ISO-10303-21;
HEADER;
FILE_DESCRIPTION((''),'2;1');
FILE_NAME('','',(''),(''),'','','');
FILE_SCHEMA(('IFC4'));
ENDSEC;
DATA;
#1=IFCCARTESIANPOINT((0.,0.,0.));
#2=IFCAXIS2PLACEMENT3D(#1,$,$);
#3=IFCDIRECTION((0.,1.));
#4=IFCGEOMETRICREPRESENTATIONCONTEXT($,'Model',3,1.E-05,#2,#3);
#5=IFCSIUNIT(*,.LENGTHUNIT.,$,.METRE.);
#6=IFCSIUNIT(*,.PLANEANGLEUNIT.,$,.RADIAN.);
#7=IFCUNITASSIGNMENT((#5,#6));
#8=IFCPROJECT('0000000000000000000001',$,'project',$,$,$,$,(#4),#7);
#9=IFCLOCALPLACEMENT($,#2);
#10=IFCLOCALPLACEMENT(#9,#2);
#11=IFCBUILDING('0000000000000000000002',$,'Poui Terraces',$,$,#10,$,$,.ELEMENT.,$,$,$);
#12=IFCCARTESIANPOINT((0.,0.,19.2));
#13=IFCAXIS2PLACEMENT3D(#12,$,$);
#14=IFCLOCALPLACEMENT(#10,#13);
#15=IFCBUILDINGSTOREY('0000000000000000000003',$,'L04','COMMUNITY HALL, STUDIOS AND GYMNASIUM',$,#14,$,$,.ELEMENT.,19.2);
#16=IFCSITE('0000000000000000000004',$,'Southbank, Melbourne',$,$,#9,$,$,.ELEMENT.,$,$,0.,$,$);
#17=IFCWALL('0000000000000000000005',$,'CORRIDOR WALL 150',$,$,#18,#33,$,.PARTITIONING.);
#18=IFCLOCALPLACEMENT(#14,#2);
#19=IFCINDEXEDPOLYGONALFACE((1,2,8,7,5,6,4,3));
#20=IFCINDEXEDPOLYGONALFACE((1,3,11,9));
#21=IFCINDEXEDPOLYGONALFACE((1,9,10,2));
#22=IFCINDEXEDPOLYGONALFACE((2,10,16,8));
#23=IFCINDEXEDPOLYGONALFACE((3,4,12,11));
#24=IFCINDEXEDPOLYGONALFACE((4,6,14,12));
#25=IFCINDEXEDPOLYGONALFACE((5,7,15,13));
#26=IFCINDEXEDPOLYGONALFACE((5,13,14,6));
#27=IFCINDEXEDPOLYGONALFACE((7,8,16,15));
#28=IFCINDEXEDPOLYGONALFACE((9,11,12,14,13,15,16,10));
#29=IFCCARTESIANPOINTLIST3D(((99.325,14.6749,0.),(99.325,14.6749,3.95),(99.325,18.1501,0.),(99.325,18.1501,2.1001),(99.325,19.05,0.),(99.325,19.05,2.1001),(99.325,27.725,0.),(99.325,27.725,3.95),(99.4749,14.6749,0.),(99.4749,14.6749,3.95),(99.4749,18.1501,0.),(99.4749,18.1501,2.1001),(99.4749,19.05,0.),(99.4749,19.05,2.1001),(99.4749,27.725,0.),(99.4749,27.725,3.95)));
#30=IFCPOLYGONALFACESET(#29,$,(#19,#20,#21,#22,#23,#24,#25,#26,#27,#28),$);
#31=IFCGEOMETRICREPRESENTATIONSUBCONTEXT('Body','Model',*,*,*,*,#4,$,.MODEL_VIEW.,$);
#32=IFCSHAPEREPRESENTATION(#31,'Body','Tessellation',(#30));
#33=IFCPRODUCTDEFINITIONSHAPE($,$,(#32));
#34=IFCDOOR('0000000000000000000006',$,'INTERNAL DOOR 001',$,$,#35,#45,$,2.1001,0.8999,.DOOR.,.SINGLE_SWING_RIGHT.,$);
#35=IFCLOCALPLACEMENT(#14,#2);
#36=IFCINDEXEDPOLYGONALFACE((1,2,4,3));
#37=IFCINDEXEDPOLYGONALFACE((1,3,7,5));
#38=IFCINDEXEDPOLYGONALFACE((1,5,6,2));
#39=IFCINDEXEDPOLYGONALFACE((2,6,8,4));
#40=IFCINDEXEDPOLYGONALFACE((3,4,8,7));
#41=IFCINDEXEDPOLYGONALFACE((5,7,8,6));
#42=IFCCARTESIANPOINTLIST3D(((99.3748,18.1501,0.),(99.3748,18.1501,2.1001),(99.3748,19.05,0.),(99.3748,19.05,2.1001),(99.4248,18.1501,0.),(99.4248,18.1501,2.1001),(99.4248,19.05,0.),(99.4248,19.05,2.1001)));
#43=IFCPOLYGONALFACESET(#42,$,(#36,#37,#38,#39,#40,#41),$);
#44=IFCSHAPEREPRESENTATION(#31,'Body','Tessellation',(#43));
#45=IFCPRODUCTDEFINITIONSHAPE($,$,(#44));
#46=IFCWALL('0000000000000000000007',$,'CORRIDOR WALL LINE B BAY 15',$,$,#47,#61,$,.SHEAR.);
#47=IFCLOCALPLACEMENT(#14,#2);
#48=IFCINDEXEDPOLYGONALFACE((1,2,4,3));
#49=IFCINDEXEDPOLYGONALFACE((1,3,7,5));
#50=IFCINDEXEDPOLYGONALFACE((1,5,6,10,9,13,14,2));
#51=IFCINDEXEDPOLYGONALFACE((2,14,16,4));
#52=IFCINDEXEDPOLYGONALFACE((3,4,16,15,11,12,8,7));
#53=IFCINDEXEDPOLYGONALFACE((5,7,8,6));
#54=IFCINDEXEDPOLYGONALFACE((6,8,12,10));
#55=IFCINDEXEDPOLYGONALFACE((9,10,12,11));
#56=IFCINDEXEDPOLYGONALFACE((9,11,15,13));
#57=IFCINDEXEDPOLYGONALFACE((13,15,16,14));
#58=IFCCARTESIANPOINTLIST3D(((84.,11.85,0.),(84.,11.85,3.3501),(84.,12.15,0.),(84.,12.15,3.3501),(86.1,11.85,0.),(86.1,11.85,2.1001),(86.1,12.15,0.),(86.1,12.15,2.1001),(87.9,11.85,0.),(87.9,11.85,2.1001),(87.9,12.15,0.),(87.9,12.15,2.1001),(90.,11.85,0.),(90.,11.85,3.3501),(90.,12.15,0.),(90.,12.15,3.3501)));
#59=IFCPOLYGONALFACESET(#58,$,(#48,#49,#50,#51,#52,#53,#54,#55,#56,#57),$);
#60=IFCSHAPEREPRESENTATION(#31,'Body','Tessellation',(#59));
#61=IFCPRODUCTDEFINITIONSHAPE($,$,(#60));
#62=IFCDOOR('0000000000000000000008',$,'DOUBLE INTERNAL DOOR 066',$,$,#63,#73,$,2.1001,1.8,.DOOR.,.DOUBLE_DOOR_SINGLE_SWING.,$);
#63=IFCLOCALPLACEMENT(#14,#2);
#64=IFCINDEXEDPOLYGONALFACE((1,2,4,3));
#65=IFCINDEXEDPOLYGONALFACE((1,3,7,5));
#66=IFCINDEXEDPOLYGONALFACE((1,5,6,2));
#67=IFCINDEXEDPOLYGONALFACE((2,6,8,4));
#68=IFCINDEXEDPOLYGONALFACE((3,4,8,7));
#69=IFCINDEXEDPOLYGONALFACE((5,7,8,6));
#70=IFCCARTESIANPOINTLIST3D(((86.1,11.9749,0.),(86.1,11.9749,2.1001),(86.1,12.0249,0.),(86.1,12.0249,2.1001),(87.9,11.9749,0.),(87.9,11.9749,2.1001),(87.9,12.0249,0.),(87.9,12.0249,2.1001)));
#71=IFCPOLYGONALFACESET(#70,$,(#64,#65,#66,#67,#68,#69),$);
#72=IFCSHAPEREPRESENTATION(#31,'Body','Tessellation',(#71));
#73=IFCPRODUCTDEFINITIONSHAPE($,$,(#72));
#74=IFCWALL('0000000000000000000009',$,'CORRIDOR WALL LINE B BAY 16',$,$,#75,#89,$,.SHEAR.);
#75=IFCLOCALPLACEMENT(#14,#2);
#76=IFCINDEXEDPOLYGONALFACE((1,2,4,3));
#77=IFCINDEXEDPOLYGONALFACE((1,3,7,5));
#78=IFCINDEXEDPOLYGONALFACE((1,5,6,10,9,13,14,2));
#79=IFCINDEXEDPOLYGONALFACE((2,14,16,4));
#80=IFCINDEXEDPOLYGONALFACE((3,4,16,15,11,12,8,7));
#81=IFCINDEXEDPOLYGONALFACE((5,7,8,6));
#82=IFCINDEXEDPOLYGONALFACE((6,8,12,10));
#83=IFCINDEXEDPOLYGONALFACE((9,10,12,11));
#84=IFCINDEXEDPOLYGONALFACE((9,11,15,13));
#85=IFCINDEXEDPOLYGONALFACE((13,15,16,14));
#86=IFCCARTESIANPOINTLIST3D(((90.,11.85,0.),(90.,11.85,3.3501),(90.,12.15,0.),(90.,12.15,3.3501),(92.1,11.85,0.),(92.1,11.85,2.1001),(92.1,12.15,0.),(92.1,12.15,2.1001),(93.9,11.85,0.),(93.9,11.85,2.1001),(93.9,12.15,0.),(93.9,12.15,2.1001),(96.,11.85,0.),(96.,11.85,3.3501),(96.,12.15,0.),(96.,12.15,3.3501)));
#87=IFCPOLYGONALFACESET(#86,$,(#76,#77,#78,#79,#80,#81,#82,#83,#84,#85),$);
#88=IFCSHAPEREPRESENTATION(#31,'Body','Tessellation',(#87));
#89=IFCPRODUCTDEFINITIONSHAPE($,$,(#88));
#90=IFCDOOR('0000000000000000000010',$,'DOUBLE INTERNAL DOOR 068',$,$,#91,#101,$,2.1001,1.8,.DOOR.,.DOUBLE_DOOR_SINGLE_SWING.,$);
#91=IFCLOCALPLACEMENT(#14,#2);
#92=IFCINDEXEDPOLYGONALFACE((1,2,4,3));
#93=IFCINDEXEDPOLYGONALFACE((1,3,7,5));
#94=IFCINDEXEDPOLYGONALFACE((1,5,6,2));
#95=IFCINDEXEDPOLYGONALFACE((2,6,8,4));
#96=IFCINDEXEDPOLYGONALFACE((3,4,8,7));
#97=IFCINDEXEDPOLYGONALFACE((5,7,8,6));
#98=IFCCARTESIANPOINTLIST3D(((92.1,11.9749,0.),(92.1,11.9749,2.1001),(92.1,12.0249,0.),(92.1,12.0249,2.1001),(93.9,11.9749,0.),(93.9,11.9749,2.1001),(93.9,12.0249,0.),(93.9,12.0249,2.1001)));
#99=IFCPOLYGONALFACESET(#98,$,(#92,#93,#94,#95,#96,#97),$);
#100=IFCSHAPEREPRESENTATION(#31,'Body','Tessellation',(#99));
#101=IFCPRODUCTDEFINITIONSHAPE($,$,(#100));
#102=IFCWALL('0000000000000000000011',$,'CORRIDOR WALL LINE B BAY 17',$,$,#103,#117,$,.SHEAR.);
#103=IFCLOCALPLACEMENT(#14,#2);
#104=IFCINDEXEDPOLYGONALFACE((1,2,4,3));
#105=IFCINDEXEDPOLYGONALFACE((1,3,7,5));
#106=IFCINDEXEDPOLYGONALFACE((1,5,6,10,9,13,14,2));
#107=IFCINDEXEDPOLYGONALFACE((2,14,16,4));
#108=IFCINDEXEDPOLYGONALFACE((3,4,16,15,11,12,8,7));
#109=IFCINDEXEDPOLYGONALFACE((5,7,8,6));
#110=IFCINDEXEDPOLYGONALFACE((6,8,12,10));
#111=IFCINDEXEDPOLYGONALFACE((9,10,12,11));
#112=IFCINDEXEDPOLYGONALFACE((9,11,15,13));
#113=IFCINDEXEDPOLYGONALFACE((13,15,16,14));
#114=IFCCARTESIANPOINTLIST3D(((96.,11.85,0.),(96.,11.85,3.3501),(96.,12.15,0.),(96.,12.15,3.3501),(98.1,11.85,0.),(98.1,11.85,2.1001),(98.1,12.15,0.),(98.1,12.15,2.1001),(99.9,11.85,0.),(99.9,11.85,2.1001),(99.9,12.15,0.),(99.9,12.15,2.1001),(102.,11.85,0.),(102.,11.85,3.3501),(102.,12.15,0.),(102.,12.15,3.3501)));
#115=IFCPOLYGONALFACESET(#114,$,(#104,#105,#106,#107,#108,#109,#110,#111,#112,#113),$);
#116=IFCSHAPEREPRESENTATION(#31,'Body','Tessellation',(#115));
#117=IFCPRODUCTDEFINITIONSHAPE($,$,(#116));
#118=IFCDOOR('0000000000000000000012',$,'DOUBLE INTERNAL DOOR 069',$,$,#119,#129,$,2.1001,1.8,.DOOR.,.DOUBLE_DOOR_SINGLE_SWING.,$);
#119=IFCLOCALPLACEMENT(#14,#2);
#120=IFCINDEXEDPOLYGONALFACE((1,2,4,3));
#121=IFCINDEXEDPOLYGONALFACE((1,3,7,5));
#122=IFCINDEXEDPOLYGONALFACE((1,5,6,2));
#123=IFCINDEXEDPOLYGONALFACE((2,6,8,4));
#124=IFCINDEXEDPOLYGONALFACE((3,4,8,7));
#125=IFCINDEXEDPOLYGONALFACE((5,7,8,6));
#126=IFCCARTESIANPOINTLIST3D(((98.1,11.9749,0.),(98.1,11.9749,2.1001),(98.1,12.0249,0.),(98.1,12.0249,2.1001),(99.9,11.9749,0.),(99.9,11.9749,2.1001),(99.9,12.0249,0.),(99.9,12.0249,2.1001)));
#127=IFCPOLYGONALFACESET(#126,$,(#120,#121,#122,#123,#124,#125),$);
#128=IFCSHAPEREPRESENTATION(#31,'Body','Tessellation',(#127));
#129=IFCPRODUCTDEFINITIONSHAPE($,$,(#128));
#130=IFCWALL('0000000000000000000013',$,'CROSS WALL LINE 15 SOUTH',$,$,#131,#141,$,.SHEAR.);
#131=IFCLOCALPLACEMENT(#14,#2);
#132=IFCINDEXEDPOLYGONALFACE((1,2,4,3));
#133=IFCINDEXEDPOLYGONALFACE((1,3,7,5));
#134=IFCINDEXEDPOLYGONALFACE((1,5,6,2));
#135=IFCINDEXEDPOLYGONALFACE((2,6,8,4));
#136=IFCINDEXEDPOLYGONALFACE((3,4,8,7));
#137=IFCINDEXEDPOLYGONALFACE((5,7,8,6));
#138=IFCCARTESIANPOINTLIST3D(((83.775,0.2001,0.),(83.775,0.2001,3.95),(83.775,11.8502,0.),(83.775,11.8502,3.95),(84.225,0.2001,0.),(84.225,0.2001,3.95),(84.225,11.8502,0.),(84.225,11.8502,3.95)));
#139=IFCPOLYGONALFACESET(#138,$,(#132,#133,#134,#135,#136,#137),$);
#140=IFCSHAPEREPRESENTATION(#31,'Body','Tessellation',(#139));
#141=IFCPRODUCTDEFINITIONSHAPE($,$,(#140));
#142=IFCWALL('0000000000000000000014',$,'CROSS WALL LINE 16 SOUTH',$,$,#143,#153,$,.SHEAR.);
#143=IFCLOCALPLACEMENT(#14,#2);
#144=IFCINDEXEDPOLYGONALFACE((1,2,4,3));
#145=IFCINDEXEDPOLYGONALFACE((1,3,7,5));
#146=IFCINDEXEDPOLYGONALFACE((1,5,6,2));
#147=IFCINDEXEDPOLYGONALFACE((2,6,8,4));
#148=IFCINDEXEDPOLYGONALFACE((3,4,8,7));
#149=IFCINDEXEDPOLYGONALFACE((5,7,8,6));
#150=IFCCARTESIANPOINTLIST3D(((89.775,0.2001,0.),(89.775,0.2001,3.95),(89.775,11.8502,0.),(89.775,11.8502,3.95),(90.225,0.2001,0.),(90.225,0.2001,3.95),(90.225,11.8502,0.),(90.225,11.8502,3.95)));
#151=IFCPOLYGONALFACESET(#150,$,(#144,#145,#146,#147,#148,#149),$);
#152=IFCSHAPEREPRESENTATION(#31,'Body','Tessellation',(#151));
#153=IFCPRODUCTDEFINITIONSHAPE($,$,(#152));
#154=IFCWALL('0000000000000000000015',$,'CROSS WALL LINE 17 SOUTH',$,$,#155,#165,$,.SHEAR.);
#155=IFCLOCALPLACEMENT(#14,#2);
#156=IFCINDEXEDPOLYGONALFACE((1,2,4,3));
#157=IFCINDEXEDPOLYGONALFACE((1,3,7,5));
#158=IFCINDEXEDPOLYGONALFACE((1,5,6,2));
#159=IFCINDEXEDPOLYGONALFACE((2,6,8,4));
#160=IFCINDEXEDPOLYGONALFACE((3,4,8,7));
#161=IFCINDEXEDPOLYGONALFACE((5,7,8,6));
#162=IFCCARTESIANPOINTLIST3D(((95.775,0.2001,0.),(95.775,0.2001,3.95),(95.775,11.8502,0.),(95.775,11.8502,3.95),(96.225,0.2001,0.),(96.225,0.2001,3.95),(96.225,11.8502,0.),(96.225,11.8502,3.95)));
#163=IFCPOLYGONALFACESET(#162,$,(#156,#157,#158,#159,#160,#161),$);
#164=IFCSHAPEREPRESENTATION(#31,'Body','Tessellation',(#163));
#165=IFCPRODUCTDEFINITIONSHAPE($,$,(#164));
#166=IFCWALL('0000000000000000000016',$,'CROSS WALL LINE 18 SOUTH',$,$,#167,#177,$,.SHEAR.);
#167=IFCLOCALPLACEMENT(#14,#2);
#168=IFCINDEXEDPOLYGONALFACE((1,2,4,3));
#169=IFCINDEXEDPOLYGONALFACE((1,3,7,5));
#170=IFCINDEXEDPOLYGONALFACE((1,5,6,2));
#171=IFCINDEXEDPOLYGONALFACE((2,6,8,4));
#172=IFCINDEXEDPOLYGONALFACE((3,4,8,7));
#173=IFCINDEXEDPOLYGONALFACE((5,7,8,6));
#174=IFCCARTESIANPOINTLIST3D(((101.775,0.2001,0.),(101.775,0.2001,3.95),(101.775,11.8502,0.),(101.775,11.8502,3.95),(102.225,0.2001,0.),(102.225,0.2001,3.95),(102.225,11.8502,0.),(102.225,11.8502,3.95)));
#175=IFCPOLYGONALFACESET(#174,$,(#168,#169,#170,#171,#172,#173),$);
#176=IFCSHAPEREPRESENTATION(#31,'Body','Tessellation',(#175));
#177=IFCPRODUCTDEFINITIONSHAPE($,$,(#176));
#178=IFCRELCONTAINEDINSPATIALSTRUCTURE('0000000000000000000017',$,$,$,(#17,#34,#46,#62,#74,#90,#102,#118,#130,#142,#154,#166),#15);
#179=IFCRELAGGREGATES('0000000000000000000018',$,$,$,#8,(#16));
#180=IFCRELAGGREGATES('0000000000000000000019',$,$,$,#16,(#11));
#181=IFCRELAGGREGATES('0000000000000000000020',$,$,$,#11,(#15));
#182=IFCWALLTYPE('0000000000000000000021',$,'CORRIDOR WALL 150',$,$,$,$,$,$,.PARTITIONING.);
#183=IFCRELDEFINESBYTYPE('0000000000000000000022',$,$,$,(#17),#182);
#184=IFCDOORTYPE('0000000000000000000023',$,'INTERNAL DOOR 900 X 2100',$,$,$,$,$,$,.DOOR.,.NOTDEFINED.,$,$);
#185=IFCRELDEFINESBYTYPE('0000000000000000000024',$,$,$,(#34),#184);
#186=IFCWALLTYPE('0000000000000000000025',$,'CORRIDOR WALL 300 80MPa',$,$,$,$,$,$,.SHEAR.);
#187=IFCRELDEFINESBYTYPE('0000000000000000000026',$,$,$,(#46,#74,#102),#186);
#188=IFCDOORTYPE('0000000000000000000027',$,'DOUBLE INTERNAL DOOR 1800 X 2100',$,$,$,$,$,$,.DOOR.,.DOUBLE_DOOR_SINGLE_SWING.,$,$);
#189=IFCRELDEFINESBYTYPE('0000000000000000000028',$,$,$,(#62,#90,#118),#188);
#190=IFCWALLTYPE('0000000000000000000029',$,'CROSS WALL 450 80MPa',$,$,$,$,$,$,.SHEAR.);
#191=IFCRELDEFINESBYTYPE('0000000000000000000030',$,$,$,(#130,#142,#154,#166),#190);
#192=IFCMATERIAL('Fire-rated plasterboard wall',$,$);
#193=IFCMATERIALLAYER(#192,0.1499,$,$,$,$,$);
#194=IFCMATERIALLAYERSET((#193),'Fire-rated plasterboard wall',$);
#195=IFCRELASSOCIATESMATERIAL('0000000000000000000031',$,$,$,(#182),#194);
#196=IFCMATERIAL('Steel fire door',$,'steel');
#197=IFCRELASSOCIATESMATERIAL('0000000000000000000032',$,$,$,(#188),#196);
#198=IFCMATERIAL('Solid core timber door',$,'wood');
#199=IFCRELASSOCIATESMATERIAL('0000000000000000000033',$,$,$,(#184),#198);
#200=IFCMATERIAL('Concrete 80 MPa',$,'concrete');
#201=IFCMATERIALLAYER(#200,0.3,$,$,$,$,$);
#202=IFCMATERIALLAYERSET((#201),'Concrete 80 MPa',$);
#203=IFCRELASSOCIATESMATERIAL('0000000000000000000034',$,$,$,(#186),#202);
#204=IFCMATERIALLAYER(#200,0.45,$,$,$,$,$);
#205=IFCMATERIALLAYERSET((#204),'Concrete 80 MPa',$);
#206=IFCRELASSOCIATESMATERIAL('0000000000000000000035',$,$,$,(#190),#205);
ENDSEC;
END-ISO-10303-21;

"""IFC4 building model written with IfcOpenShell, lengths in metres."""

from ifc_helpers import new_model, si_unit, direction, frame, frame_2d, origin, place, context, subcontext, project, spatial, rectangle, extrude, material, layer, layer_set, type_object, element, fill, save


model = new_model("IFC4")

# Units and contexts
model_context = context("Model", 3, precision=1e-05, world=origin(), true_north=direction((0.0, 1.0)))
body_context = subcontext(model_context, "Body", "Model", "MODEL_VIEW")
ifc_project = project(units=[si_unit("LENGTHUNIT", "METRE"), si_unit("PLANEANGLEUNIT", "RADIAN")], contexts=[model_context])

# Site, building, storey
site_placement = place(None, origin())
site = spatial("IfcSite", under=ifc_project, at=site_placement, Name="Southbank, Melbourne", CompositionType="ELEMENT", RefElevation=0.0)
building_placement = place(site_placement, origin())
building = spatial("IfcBuilding", under=site, at=building_placement, Name="Poui Terraces", CompositionType="ELEMENT")
storey_placement = place(building_placement, frame((0.0, 0.0, 19.2)))
storey = spatial("IfcBuildingStorey", under=building, at=storey_placement, Name="L04", Description="COMMUNITY HALL, STUDIOS AND GYMNASIUM", CompositionType="ELEMENT", Elevation=19.2)

# Shared definitions
ifc_material_1 = material(Name="Concrete 80 MPa", Category="concrete")

# Shared definitions
ifc_material_2 = material(Name="Fire-rated plasterboard wall")
ifc_layer_1 = layer(ifc_material_2, 0.1499)
ifc_layer_set_1 = layer_set([ifc_layer_1], Name="Fire-rated plasterboard wall")
wall_type_1 = type_object("IfcWallType", Name="CORRIDOR WALL 150", PredefinedType="PARTITIONING", material=ifc_layer_set_1)
ifc_material_3 = material(Name="Steel fire door", Category="steel")
door_type_1 = type_object("IfcDoorType", Name="DOUBLE INTERNAL DOOR 1800 X 2100", OperationType="DOUBLE_DOOR_SINGLE_SWING", PredefinedType="DOOR", material=ifc_material_3)

# Shared definitions
ifc_material_4 = material(Name="Solid core timber door", Category="wood")

# Walls, openings, doors
wall_1_placement = place(storey_placement, frame((99.3999, 14.675, 0.0), z_axis=(0.0, 0.0, 1.0), x_axis=(0.0, 1.0, 0.0)))
wall_1 = element("IfcWall", 1, at=wall_1_placement, inside=storey, type_object=wall_type_1, Name="CORRIDOR WALL 150", PredefinedType="PARTITIONING", context=body_context, shape_type="SweptSolid", body=[
    extrude(rectangle(XDim=13.05, YDim=0.1499, at=frame_2d((6.5249, 0.0))), origin(), (0.0, 0.0, 1.0), 3.95),
])
opening_1_placement = place(wall_1_placement, frame((3.4751, 0.0, 0.0)))
opening_1 = element("IfcOpeningElement", 2, at=opening_1_placement, cuts=wall_1, PredefinedType="OPENING", context=body_context, shape_type="SweptSolid", body=[
    extrude(rectangle(XDim=0.8999, YDim=2.1001, at=frame_2d((0.45, 1.05))), frame((0.0, 0.085, 0.0), z_axis=(0.0, -1.0, 0.0), x_axis=(1.0, 0.0, 0.0)), (0.0, 0.0, 1.0), 0.1699),
])
door_type_2 = type_object("IfcDoorType", Name="INTERNAL DOOR 900 X 2100", OperationType="NOTDEFINED", PredefinedType="DOOR", material=ifc_material_4)
door_1_placement = place(opening_1_placement, frame((0.8999, 0.0, 0.0), z_axis=(0.0, 0.0, 1.0), x_axis=(-1.0, 0.0, 0.0)))
door_1 = element("IfcDoor", 3, at=door_1_placement, inside=storey, type_object=door_type_2, Name="INTERNAL DOOR 001", OperationType="SINGLE_SWING_RIGHT", OverallHeight=2.1001, OverallWidth=0.8999, PredefinedType="DOOR", context=body_context, shape_type="SweptSolid", body=[
    extrude(rectangle(XDim=0.8999, YDim=2.1001, at=frame_2d((0.45, 1.05))), frame((0.0, 0.0249, 0.0), z_axis=(0.0, -1.0, 0.0), x_axis=(1.0, 0.0, 0.0)), (0.0, 0.0, 1.0), 0.05),
])
fill(opening_1, door_1)
ifc_layer_2 = layer(ifc_material_1, 0.3)
ifc_layer_set_2 = layer_set([ifc_layer_2], Name="Concrete 80 MPa")
wall_type_2 = type_object("IfcWallType", Name="CORRIDOR WALL 300 80MPa", PredefinedType="SHEAR", material=ifc_layer_set_2)
wall_2_placement = place(storey_placement, frame((84.0, 12.0, 0.0), z_axis=(0.0, 0.0, 1.0), x_axis=(1.0, 0.0, 0.0)))
wall_2 = element("IfcWall", 4, at=wall_2_placement, inside=storey, type_object=wall_type_2, Name="CORRIDOR WALL LINE B BAY 15", PredefinedType="SHEAR", context=body_context, shape_type="SweptSolid", body=[
    extrude(rectangle(XDim=6.0, YDim=0.3, at=frame_2d((3.0, 0.0))), origin(), (0.0, 0.0, 1.0), 3.3501),
])
opening_2_placement = place(wall_2_placement, frame((2.1001, 0.0, 0.0)))
opening_2 = element("IfcOpeningElement", 5, at=opening_2_placement, cuts=wall_2, PredefinedType="OPENING", context=body_context, shape_type="SweptSolid", body=[
    extrude(rectangle(XDim=1.8, YDim=2.1001, at=frame_2d((0.8999, 1.05))), frame((0.0, 0.1602, 0.0), z_axis=(0.0, -1.0, 0.0), x_axis=(1.0, 0.0, 0.0)), (0.0, 0.0, 1.0), 0.3201),
])
door_2_placement = place(opening_2_placement, origin())
door_2 = element("IfcDoor", 6, at=door_2_placement, inside=storey, type_object=door_type_1, Name="DOUBLE INTERNAL DOOR 066", OperationType="DOUBLE_DOOR_SINGLE_SWING", OverallHeight=2.1001, OverallWidth=1.8, PredefinedType="DOOR", context=body_context, shape_type="SweptSolid", body=[
    extrude(rectangle(XDim=1.8, YDim=2.1001, at=frame_2d((0.8999, 1.05))), frame((0.0, 0.0249, 0.0), z_axis=(0.0, -1.0, 0.0), x_axis=(1.0, 0.0, 0.0)), (0.0, 0.0, 1.0), 0.05),
])
fill(opening_2, door_2)
wall_3_placement = place(storey_placement, frame((90.0, 12.0, 0.0), z_axis=(0.0, 0.0, 1.0), x_axis=(1.0, 0.0, 0.0)))
wall_3 = element("IfcWall", 7, at=wall_3_placement, inside=storey, type_object=wall_type_2, Name="CORRIDOR WALL LINE B BAY 16", PredefinedType="SHEAR", context=body_context, shape_type="SweptSolid", body=[
    extrude(rectangle(XDim=6.0, YDim=0.3, at=frame_2d((3.0, 0.0))), origin(), (0.0, 0.0, 1.0), 3.3501),
])
opening_3_placement = place(wall_3_placement, frame((2.1001, 0.0, 0.0)))
opening_3 = element("IfcOpeningElement", 8, at=opening_3_placement, cuts=wall_3, PredefinedType="OPENING", context=body_context, shape_type="SweptSolid", body=[
    extrude(rectangle(XDim=1.8, YDim=2.1001, at=frame_2d((0.8999, 1.05))), frame((0.0, 0.1602, 0.0), z_axis=(0.0, -1.0, 0.0), x_axis=(1.0, 0.0, 0.0)), (0.0, 0.0, 1.0), 0.3201),
])
door_3_placement = place(opening_3_placement, origin())
door_3 = element("IfcDoor", 9, at=door_3_placement, inside=storey, type_object=door_type_1, Name="DOUBLE INTERNAL DOOR 068", OperationType="DOUBLE_DOOR_SINGLE_SWING", OverallHeight=2.1001, OverallWidth=1.8, PredefinedType="DOOR", context=body_context, shape_type="SweptSolid", body=[
    extrude(rectangle(XDim=1.8, YDim=2.1001, at=frame_2d((0.8999, 1.05))), frame((0.0, 0.0249, 0.0), z_axis=(0.0, -1.0, 0.0), x_axis=(1.0, 0.0, 0.0)), (0.0, 0.0, 1.0), 0.05),
])
fill(opening_3, door_3)
wall_4_placement = place(storey_placement, frame((96.0, 12.0, 0.0), z_axis=(0.0, 0.0, 1.0), x_axis=(1.0, 0.0, 0.0)))
wall_4 = element("IfcWall", 10, at=wall_4_placement, inside=storey, type_object=wall_type_2, Name="CORRIDOR WALL LINE B BAY 17", PredefinedType="SHEAR", context=body_context, shape_type="SweptSolid", body=[
    extrude(rectangle(XDim=6.0, YDim=0.3, at=frame_2d((3.0, 0.0))), origin(), (0.0, 0.0, 1.0), 3.3501),
])
opening_4_placement = place(wall_4_placement, frame((2.1001, 0.0, 0.0)))
opening_4 = element("IfcOpeningElement", 11, at=opening_4_placement, cuts=wall_4, PredefinedType="OPENING", context=body_context, shape_type="SweptSolid", body=[
    extrude(rectangle(XDim=1.8, YDim=2.1001, at=frame_2d((0.8999, 1.05))), frame((0.0, 0.1602, 0.0), z_axis=(0.0, -1.0, 0.0), x_axis=(1.0, 0.0, 0.0)), (0.0, 0.0, 1.0), 0.3201),
])
door_4_placement = place(opening_4_placement, origin())
door_4 = element("IfcDoor", 12, at=door_4_placement, inside=storey, type_object=door_type_1, Name="DOUBLE INTERNAL DOOR 069", OperationType="DOUBLE_DOOR_SINGLE_SWING", OverallHeight=2.1001, OverallWidth=1.8, PredefinedType="DOOR", context=body_context, shape_type="SweptSolid", body=[
    extrude(rectangle(XDim=1.8, YDim=2.1001, at=frame_2d((0.8999, 1.05))), frame((0.0, 0.0249, 0.0), z_axis=(0.0, -1.0, 0.0), x_axis=(1.0, 0.0, 0.0)), (0.0, 0.0, 1.0), 0.05),
])
fill(opening_4, door_4)

# Walls
ifc_layer_3 = layer(ifc_material_1, 0.45)
ifc_layer_set_3 = layer_set([ifc_layer_3], Name="Concrete 80 MPa")
wall_type_3 = type_object("IfcWallType", Name="CROSS WALL 450 80MPa", PredefinedType="SHEAR", material=ifc_layer_set_3)
for number, where, z_axis, x_axis, name in (
    (13, (84.0, 0.2, 0.0), (0.0, 0.0, 1.0), (0.0, 1.0, 0.0), "CROSS WALL LINE 15 SOUTH"),
    (14, (90.0, 0.2, 0.0), (0.0, 0.0, 1.0), (0.0, 1.0, 0.0), "CROSS WALL LINE 16 SOUTH"),
    (15, (96.0, 0.2, 0.0), (0.0, 0.0, 1.0), (0.0, 1.0, 0.0), "CROSS WALL LINE 17 SOUTH"),
    (16, (102.0, 0.2, 0.0), (0.0, 0.0, 1.0), (0.0, 1.0, 0.0), "CROSS WALL LINE 18 SOUTH"),
):
    element("IfcWall", number, at=place(storey_placement, frame(where, z_axis=z_axis, x_axis=x_axis)), inside=storey, type_object=wall_type_3, Name=name, PredefinedType="SHEAR", context=body_context, shape_type="SweptSolid", body=[
        extrude(rectangle(XDim=11.6501, YDim=0.45, at=frame_2d((5.8252, 0.0))), origin(), (0.0, 0.0, 1.0), 3.95),
    ])

save(model, "model.ifc")
